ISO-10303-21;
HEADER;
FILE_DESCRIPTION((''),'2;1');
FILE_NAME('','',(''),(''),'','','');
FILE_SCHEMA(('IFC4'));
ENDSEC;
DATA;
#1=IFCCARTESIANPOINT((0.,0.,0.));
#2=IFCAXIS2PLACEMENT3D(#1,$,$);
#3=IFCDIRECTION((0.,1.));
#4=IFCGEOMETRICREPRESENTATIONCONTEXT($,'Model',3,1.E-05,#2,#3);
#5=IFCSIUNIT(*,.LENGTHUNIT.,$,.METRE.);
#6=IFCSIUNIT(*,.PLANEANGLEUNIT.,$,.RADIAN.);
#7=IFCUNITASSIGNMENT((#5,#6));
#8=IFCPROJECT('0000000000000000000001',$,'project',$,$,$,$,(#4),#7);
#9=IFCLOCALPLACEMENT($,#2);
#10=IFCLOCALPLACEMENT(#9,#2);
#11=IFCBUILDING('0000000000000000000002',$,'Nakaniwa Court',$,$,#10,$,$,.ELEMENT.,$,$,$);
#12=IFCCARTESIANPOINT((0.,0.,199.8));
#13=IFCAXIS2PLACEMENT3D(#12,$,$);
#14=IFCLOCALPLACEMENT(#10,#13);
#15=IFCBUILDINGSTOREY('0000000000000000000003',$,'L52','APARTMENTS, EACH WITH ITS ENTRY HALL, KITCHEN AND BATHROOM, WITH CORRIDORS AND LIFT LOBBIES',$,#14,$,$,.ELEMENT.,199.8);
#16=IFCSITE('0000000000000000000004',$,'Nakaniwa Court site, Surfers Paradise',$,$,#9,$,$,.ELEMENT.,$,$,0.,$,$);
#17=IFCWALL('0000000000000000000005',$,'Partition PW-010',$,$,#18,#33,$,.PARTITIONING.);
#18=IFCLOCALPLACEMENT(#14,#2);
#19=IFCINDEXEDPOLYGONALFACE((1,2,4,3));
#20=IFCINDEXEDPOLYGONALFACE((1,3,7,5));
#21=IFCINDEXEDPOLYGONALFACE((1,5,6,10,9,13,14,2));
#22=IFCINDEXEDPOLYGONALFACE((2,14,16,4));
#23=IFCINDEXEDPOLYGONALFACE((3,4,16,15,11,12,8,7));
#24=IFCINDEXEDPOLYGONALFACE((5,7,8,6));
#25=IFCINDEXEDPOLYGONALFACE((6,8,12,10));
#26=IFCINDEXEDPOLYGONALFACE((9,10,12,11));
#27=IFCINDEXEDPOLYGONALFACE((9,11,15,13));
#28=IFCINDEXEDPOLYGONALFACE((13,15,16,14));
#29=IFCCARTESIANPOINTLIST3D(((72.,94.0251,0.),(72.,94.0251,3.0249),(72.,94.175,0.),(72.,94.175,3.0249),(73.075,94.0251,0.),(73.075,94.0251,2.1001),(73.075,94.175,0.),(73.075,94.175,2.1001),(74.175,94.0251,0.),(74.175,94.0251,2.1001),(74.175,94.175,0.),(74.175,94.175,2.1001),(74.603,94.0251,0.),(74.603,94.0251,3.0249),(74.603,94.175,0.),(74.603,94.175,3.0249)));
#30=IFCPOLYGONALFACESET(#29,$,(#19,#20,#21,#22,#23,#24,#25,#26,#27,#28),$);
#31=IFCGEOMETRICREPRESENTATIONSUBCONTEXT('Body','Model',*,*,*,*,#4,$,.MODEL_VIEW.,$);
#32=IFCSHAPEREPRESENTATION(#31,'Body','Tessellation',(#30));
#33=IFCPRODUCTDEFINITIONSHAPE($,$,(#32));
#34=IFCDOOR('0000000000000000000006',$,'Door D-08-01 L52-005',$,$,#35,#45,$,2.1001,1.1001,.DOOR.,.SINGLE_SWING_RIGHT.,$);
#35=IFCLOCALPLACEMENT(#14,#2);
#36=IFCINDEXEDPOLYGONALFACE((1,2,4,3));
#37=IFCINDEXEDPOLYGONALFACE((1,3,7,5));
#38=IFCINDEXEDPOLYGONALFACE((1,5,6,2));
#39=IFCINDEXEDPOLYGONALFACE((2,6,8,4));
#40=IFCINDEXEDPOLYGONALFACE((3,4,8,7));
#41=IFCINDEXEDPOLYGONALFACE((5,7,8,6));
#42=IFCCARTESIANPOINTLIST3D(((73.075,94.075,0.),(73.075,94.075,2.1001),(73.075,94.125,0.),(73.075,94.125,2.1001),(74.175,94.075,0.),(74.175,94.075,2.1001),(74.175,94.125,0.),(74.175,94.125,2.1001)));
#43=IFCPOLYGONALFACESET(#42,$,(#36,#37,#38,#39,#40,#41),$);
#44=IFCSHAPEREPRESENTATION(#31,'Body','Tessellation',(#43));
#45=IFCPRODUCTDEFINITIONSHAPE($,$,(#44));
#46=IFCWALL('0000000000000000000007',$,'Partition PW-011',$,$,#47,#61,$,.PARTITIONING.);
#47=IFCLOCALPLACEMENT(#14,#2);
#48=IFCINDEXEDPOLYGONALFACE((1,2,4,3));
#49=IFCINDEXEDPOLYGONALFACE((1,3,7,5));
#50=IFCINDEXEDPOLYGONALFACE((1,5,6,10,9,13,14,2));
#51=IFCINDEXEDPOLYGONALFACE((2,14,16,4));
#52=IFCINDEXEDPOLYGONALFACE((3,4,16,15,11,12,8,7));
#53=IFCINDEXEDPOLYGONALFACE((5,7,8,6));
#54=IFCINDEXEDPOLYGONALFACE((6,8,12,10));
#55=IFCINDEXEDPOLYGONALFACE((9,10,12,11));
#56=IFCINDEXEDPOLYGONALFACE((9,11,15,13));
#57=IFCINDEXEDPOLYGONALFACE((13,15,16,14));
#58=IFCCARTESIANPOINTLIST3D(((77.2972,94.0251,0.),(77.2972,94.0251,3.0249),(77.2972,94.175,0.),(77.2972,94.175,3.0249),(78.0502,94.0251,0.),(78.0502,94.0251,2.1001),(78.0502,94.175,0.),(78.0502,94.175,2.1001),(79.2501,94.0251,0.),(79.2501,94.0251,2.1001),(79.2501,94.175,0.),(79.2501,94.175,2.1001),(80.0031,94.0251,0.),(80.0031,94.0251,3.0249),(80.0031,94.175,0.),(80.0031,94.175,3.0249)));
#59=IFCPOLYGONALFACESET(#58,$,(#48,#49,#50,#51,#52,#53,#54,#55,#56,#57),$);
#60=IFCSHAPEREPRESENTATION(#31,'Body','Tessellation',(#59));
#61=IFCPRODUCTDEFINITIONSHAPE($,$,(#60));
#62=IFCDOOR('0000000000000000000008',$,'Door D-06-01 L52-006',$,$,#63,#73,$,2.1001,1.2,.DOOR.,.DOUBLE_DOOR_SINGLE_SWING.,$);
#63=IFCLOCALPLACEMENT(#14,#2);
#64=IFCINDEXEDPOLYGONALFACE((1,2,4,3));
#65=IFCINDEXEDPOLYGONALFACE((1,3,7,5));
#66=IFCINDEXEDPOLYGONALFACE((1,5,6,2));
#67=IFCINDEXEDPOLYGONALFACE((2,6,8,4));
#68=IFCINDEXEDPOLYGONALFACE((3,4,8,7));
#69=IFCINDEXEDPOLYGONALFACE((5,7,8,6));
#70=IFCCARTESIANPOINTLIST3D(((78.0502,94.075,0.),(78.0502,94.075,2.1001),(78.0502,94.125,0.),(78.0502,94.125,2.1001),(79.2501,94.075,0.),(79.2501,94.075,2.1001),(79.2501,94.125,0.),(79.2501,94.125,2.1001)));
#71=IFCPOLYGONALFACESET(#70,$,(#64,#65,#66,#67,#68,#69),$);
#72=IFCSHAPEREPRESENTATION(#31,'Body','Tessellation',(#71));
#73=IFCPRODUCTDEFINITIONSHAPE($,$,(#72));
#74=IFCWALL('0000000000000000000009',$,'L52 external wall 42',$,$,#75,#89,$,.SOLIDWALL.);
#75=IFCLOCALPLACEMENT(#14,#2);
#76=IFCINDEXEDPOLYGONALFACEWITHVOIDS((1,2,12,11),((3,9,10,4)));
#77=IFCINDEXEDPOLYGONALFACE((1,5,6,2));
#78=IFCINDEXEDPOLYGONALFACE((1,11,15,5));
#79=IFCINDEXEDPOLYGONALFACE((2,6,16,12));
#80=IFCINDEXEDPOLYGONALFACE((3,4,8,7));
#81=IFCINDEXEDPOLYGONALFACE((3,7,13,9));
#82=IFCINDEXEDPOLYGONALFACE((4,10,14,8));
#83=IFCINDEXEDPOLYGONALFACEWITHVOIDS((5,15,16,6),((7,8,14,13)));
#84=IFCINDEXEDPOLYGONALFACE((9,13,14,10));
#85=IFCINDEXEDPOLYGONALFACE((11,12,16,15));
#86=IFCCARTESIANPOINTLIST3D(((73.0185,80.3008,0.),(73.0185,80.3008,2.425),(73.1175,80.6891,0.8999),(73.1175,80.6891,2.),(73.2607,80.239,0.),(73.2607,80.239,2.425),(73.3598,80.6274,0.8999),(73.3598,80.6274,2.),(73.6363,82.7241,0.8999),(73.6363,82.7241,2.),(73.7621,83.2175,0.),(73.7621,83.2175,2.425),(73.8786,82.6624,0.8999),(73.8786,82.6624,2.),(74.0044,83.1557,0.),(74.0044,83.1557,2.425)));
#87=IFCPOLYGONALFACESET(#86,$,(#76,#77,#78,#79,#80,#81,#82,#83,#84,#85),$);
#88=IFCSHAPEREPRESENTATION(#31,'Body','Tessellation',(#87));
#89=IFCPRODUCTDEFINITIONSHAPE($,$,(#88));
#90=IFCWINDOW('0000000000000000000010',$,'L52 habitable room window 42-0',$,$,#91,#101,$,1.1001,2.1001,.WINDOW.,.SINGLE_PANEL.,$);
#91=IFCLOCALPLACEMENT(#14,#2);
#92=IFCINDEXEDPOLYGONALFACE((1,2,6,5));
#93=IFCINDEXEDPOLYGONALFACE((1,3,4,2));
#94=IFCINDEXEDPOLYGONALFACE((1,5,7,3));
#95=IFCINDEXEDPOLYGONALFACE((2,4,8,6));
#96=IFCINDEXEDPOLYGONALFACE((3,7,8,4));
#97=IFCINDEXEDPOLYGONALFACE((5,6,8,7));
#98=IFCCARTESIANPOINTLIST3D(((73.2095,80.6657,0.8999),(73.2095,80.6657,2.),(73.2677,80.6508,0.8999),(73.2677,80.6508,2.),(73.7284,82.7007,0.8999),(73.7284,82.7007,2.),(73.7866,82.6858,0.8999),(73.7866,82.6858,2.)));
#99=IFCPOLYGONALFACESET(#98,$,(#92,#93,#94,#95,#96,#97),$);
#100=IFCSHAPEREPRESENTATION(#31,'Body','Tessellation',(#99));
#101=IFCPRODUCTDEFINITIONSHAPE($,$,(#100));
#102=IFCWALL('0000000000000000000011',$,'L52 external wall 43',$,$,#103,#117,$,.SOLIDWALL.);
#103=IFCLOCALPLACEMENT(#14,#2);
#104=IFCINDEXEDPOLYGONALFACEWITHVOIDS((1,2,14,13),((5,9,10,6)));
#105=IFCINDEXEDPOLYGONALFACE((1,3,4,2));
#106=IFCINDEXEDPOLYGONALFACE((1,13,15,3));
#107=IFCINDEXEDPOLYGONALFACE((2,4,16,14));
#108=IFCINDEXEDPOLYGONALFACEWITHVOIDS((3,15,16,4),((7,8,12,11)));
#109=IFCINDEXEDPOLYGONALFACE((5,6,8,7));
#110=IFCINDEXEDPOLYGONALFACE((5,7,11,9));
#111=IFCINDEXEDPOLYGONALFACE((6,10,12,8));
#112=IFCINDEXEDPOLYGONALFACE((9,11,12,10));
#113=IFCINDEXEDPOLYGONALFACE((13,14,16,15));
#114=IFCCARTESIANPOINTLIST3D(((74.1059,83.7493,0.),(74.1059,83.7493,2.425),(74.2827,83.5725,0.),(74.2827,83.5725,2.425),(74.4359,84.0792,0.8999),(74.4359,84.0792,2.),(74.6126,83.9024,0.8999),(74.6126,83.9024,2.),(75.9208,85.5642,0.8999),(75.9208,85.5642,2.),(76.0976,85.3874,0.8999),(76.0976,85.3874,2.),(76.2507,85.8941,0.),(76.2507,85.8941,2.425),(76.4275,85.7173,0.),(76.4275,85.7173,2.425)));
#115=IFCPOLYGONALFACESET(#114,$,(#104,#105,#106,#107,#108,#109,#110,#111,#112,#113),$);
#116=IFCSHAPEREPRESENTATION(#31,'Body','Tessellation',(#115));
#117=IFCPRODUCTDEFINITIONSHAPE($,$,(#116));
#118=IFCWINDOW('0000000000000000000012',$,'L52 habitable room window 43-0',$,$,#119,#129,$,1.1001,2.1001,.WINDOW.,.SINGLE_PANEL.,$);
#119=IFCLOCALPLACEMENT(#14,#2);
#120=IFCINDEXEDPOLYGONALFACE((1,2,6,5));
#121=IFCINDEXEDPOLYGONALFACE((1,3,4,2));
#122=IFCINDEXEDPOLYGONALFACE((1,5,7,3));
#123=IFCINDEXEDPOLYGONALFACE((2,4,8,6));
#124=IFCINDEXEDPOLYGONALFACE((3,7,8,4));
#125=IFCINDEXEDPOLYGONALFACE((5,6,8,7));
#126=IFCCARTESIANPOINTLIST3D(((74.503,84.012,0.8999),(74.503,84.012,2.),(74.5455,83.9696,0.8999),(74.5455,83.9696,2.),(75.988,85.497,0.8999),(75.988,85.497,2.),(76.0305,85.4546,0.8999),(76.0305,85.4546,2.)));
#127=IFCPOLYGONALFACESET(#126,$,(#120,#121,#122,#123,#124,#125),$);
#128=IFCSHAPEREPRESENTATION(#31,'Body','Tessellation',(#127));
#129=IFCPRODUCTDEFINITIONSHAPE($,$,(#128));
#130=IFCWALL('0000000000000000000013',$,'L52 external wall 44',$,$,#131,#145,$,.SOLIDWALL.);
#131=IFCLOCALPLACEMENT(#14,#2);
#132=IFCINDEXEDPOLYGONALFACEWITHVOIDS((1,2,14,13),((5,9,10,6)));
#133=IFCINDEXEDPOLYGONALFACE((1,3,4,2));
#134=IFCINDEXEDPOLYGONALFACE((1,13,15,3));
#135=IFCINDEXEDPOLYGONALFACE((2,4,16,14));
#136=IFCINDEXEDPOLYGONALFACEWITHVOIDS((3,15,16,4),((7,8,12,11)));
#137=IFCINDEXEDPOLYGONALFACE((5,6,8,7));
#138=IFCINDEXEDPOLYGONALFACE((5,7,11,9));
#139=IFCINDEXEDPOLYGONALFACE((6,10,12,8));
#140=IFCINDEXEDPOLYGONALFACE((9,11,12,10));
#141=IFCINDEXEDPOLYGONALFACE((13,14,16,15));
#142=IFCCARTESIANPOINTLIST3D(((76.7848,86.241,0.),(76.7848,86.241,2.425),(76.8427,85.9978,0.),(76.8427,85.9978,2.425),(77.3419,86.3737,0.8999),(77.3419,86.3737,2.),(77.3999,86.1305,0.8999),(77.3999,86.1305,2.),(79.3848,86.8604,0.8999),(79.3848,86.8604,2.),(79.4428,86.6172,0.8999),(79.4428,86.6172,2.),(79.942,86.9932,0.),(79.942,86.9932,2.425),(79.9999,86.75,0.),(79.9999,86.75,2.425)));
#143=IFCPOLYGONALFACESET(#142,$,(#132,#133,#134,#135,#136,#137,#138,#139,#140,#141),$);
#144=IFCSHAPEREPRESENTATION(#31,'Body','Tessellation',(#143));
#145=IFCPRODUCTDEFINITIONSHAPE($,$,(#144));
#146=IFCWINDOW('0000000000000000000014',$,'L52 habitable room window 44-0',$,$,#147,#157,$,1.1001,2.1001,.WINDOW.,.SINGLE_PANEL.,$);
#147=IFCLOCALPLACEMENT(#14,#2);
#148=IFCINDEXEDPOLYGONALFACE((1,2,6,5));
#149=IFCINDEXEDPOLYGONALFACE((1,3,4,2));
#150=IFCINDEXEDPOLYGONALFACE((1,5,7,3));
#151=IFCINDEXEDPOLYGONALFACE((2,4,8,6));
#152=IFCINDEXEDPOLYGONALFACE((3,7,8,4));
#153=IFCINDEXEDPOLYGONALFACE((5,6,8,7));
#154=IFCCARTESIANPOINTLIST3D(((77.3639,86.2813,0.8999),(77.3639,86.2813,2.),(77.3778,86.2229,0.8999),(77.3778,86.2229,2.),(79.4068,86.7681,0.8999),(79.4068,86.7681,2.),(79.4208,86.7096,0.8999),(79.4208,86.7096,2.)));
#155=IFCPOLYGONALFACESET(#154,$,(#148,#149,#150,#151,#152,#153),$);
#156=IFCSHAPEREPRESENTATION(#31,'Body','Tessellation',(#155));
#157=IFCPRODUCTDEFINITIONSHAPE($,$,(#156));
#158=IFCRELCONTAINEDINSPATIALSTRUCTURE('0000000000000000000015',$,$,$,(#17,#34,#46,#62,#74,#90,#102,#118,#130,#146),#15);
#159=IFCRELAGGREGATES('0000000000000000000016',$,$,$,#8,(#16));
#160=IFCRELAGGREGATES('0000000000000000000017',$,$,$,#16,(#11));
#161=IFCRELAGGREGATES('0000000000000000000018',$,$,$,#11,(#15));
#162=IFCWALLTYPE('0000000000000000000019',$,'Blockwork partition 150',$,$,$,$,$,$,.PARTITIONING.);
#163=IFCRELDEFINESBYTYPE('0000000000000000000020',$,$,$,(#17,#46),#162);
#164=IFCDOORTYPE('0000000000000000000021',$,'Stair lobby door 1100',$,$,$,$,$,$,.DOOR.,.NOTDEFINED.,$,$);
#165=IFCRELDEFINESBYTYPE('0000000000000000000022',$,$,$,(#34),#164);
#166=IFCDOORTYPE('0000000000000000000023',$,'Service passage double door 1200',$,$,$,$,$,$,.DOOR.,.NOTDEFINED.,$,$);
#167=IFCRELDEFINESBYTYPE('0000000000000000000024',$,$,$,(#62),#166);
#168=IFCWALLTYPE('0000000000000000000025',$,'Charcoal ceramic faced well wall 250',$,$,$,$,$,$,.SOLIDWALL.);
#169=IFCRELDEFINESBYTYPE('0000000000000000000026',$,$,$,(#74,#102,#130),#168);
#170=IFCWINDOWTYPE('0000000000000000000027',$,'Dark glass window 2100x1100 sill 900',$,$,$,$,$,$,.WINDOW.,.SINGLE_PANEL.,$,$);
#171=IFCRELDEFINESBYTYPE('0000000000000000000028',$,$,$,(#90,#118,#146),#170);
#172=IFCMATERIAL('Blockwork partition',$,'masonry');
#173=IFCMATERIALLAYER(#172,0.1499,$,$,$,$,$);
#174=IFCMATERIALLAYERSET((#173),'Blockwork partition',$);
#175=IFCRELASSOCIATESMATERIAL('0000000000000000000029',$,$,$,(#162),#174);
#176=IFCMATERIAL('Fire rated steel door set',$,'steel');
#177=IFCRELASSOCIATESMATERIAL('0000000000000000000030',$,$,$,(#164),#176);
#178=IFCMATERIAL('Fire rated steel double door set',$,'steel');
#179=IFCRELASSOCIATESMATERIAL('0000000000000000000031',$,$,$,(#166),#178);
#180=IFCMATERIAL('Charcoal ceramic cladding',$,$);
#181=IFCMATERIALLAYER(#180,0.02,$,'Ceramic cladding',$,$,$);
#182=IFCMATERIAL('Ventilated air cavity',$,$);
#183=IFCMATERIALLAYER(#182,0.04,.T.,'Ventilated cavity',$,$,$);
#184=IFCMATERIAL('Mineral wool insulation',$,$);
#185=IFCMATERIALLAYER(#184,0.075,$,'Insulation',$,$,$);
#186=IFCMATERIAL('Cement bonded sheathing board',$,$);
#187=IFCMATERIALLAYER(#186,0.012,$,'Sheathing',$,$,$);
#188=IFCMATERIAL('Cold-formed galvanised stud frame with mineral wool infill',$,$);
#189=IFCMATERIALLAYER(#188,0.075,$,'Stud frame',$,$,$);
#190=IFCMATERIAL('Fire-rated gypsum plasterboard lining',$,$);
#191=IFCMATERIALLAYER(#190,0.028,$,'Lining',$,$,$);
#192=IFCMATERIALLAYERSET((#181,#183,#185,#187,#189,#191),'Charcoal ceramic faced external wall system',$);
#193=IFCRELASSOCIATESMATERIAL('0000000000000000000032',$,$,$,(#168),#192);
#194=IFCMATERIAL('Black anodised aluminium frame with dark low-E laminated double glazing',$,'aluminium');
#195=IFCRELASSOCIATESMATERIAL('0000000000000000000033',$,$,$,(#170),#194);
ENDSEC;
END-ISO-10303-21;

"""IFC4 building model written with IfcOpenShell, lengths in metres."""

from ifc_helpers import new_model, si_unit, direction, frame, frame_2d, origin, place, context, subcontext, project, spatial, rectangle, extrude, material, layer, layer_set, type_object, element, fill, save


model = new_model("IFC4")

# Units and contexts
model_context = context("Model", 3, precision=1e-05, world=origin(), true_north=direction((0.0, 1.0)))
body_context = subcontext(model_context, "Body", "Model", "MODEL_VIEW")
ifc_project = project(units=[si_unit("LENGTHUNIT", "METRE"), si_unit("PLANEANGLEUNIT", "RADIAN")], contexts=[model_context])

# Site, building, storey
site_placement = place(None, origin())
site = spatial("IfcSite", under=ifc_project, at=site_placement, Name="Nakaniwa Court site, Surfers Paradise", CompositionType="ELEMENT", RefElevation=0.0)
building_placement = place(site_placement, origin())
building = spatial("IfcBuilding", under=site, at=building_placement, Name="Nakaniwa Court", CompositionType="ELEMENT")
storey_placement = place(building_placement, frame((0.0, 0.0, 199.8)))
storey = spatial("IfcBuildingStorey", under=building, at=storey_placement, Name="L52", Description="APARTMENTS, EACH WITH ITS ENTRY HALL, KITCHEN AND BATHROOM, WITH CORRIDORS AND LIFT LOBBIES", CompositionType="ELEMENT", Elevation=199.8)

# Shared definitions
ifc_material_1 = material(Name="Blockwork partition", Category="masonry")
ifc_layer_1 = layer(ifc_material_1, 0.1499)
ifc_layer_set_1 = layer_set([ifc_layer_1], Name="Blockwork partition")
wall_type_1 = type_object("IfcWallType", Name="Blockwork partition 150", PredefinedType="PARTITIONING", material=ifc_layer_set_1)

# Walls, openings, doors
wall_1_placement = place(storey_placement, frame((72.0, 94.1001, 0.0), z_axis=(0.0, 0.0, 1.0), x_axis=(1.0, 0.0, 0.0)))
wall_1 = element("IfcWall", 1, at=wall_1_placement, inside=storey, type_object=wall_type_1, Name="Partition PW-010", PredefinedType="PARTITIONING", context=body_context, shape_type="SweptSolid", body=[
    extrude(rectangle(XDim=2.603, YDim=0.1499, at=frame_2d((1.3015, 0.0))), origin(), (0.0, 0.0, 1.0), 3.0249),
])
opening_1_placement = place(wall_1_placement, frame((1.075, 0.0, 0.0)))
opening_1 = element("IfcOpeningElement", 2, at=opening_1_placement, cuts=wall_1, PredefinedType="OPENING", context=body_context, shape_type="SweptSolid", body=[
    extrude(rectangle(XDim=1.1001, YDim=2.1001, at=frame_2d((0.55, 1.05))), frame((0.0, 0.085, 0.0), z_axis=(0.0, -1.0, 0.0), x_axis=(1.0, 0.0, 0.0)), (0.0, 0.0, 1.0), 0.1699),
])
ifc_material_2 = material(Name="Fire rated steel door set", Category="steel")
door_type_1 = type_object("IfcDoorType", Name="Stair lobby door 1100", OperationType="NOTDEFINED", PredefinedType="DOOR", material=ifc_material_2)
door_1_placement = place(opening_1_placement, origin())
door_1 = element("IfcDoor", 3, at=door_1_placement, inside=storey, type_object=door_type_1, Name="Door D-08-01 L52-005", OperationType="SINGLE_SWING_RIGHT", OverallHeight=2.1001, OverallWidth=1.1001, PredefinedType="DOOR", context=body_context, shape_type="SweptSolid", body=[
    extrude(rectangle(XDim=1.1001, YDim=2.1001, at=frame_2d((0.55, 1.05))), frame((0.0, 0.0249, 0.0), z_axis=(0.0, -1.0, 0.0), x_axis=(1.0, 0.0, 0.0)), (0.0, 0.0, 1.0), 0.05),
])
fill(opening_1, door_1)
wall_2_placement = place(storey_placement, frame((77.2971, 94.1001, 0.0), z_axis=(0.0, 0.0, 1.0), x_axis=(1.0, 0.0, 0.0)))
wall_2 = element("IfcWall", 4, at=wall_2_placement, inside=storey, type_object=wall_type_1, Name="Partition PW-011", PredefinedType="PARTITIONING", context=body_context, shape_type="SweptSolid", body=[
    extrude(rectangle(XDim=2.7058, YDim=0.1499, at=frame_2d((1.353, 0.0))), origin(), (0.0, 0.0, 1.0), 3.0249),
])
opening_2_placement = place(wall_2_placement, frame((0.7529, 0.0, 0.0)))
opening_2 = element("IfcOpeningElement", 5, at=opening_2_placement, cuts=wall_2, PredefinedType="OPENING", context=body_context, shape_type="SweptSolid", body=[
    extrude(rectangle(XDim=1.2, YDim=2.1001, at=frame_2d((0.6001, 1.05))), frame((0.0, 0.085, 0.0), z_axis=(0.0, -1.0, 0.0), x_axis=(1.0, 0.0, 0.0)), (0.0, 0.0, 1.0), 0.1699),
])
ifc_material_3 = material(Name="Fire rated steel double door set", Category="steel")
door_type_2 = type_object("IfcDoorType", Name="Service passage double door 1200", OperationType="NOTDEFINED", PredefinedType="DOOR", material=ifc_material_3)
door_2_placement = place(opening_2_placement, origin())
door_2 = element("IfcDoor", 6, at=door_2_placement, inside=storey, type_object=door_type_2, Name="Door D-06-01 L52-006", OperationType="DOUBLE_DOOR_SINGLE_SWING", OverallHeight=2.1001, OverallWidth=1.2, PredefinedType="DOOR", context=body_context, shape_type="SweptSolid", body=[
    extrude(rectangle(XDim=1.2, YDim=2.1001, at=frame_2d((0.6001, 1.05))), frame((0.0, 0.0249, 0.0), z_axis=(0.0, -1.0, 0.0), x_axis=(1.0, 0.0, 0.0)), (0.0, 0.0, 1.0), 0.05),
])
fill(opening_2, door_2)

# Walls, openings, windows
ifc_material_4 = material(Name="Charcoal ceramic cladding")
ifc_layer_2 = layer(ifc_material_4, 0.02, Name="Ceramic cladding")
ifc_material_5 = material(Name="Ventilated air cavity")
ifc_layer_3 = layer(ifc_material_5, 0.04, ventilated=True, Name="Ventilated cavity")
ifc_material_6 = material(Name="Mineral wool insulation")
ifc_layer_4 = layer(ifc_material_6, 0.075, Name="Insulation")
ifc_material_7 = material(Name="Cement bonded sheathing board")
ifc_layer_5 = layer(ifc_material_7, 0.012, Name="Sheathing")
ifc_material_8 = material(Name="Cold-formed galvanised stud frame with mineral wool infill")
ifc_layer_6 = layer(ifc_material_8, 0.075, Name="Stud frame")
ifc_material_9 = material(Name="Fire-rated gypsum plasterboard lining")
ifc_layer_7 = layer(ifc_material_9, 0.028, Name="Lining")
ifc_layer_set_2 = layer_set([ifc_layer_2, ifc_layer_3, ifc_layer_4, ifc_layer_5, ifc_layer_6, ifc_layer_7], Name="Charcoal ceramic faced external wall system")
wall_type_2 = type_object("IfcWallType", Name="Charcoal ceramic faced well wall 250", PredefinedType="SOLIDWALL", material=ifc_layer_set_2)
wall_3_placement = place(storey_placement, frame((73.1396, 80.27, 0.0), z_axis=(0.0, 0.0, 1.0), x_axis=(0.247056, 0.969001, 0.0)))
wall_3 = element("IfcWall", 7, at=wall_3_placement, inside=storey, type_object=wall_type_2, Name="L52 external wall 42", PredefinedType="SOLIDWALL", context=body_context, shape_type="SweptSolid", body=[
    extrude(rectangle(XDim=3.01, YDim=0.25, at=frame_2d((1.5049, 0.0))), origin(), (0.0, 0.0, 1.0), 2.425),
])
opening_3_placement = place(wall_3_placement, frame((0.4006, 0.0, 0.8999)))
opening_3 = element("IfcOpeningElement", 8, at=opening_3_placement, cuts=wall_3, PredefinedType="OPENING", context=body_context, shape_type="SweptSolid", body=[
    extrude(rectangle(XDim=2.1001, YDim=1.1001, at=frame_2d((1.05, 0.55))), frame((0.0, 0.135, 0.0), z_axis=(0.0, -1.0, 0.0), x_axis=(1.0, 0.0, 0.0)), (0.0, 0.0, 1.0), 0.27),
])
ifc_material_10 = material(Name="Black anodised aluminium frame with dark low-E laminated double glazing", Category="aluminium")
window_type = type_object("IfcWindowType", Name="Dark glass window 2100x1100 sill 900", PartitioningType="SINGLE_PANEL", PredefinedType="WINDOW", material=ifc_material_10)
window_1_placement = place(opening_3_placement, origin())
window_1 = element("IfcWindow", 9, at=window_1_placement, inside=storey, type_object=window_type, Name="L52 habitable room window 42-0", OverallHeight=1.1001, OverallWidth=2.1001, PartitioningType="SINGLE_PANEL", PredefinedType="WINDOW", context=body_context, shape_type="SweptSolid", body=[
    extrude(rectangle(XDim=2.1001, YDim=1.1001, at=frame_2d((1.05, 0.55))), frame((0.0, 0.03, 0.0), z_axis=(0.0, -1.0, 0.0), x_axis=(1.0, 0.0, 0.0)), (0.0, 0.0, 1.0), 0.0601),
])
fill(opening_3, window_1)
wall_4_placement = place(storey_placement, frame((74.1943, 83.6609, 0.0), z_axis=(0.0, 0.0, 1.0), x_axis=(0.707107, 0.707107, 0.0)))
wall_4 = element("IfcWall", 10, at=wall_4_placement, inside=storey, type_object=wall_type_2, Name="L52 external wall 43", PredefinedType="SOLIDWALL", context=body_context, shape_type="SweptSolid", body=[
    extrude(rectangle(XDim=3.0332, YDim=0.25, at=frame_2d((1.5166, 0.0))), origin(), (0.0, 0.0, 1.0), 2.425),
])
opening_4_placement = place(wall_4_placement, frame((0.4666, 0.0, 0.8999)))
opening_4 = element("IfcOpeningElement", 11, at=opening_4_placement, cuts=wall_4, PredefinedType="OPENING", context=body_context, shape_type="SweptSolid", body=[
    extrude(rectangle(XDim=2.1001, YDim=1.1001, at=frame_2d((1.05, 0.55))), frame((0.0, 0.135, 0.0), z_axis=(0.0, -1.0, 0.0), x_axis=(1.0, 0.0, 0.0)), (0.0, 0.0, 1.0), 0.27),
])
window_2_placement = place(opening_4_placement, origin())
window_2 = element("IfcWindow", 12, at=window_2_placement, inside=storey, type_object=window_type, Name="L52 habitable room window 43-0", OverallHeight=1.1001, OverallWidth=2.1001, PartitioningType="SINGLE_PANEL", PredefinedType="WINDOW", context=body_context, shape_type="SweptSolid", body=[
    extrude(rectangle(XDim=2.1001, YDim=1.1001, at=frame_2d((1.05, 0.55))), frame((0.0, 0.03, 0.0), z_axis=(0.0, -1.0, 0.0), x_axis=(1.0, 0.0, 0.0)), (0.0, 0.0, 1.0), 0.0601),
])
fill(opening_4, window_2)
wall_5_placement = place(storey_placement, frame((76.8137, 86.1194, 0.0), z_axis=(0.0, 0.0, 1.0), x_axis=(0.972773, 0.23176, 0.0)))
wall_5 = element("IfcWall", 13, at=wall_5_placement, inside=storey, type_object=wall_type_2, Name="L52 external wall 44", PredefinedType="SOLIDWALL", context=body_context, shape_type="SweptSolid", body=[
    extrude(rectangle(XDim=3.2456, YDim=0.25, at=frame_2d((1.6228, 0.0))), origin(), (0.0, 0.0, 1.0), 2.425),
])
opening_5_placement = place(wall_5_placement, frame((0.5728, 0.0, 0.8999)))
opening_5 = element("IfcOpeningElement", 14, at=opening_5_placement, cuts=wall_5, PredefinedType="OPENING", context=body_context, shape_type="SweptSolid", body=[
    extrude(rectangle(XDim=2.1001, YDim=1.1001, at=frame_2d((1.05, 0.55))), frame((0.0, 0.135, 0.0), z_axis=(0.0, -1.0, 0.0), x_axis=(1.0, 0.0, 0.0)), (0.0, 0.0, 1.0), 0.27),
])
window_3_placement = place(opening_5_placement, origin())
window_3 = element("IfcWindow", 15, at=window_3_placement, inside=storey, type_object=window_type, Name="L52 habitable room window 44-0", OverallHeight=1.1001, OverallWidth=2.1001, PartitioningType="SINGLE_PANEL", PredefinedType="WINDOW", context=body_context, shape_type="SweptSolid", body=[
    extrude(rectangle(XDim=2.1001, YDim=1.1001, at=frame_2d((1.05, 0.55))), frame((0.0, 0.03, 0.0), z_axis=(0.0, -1.0, 0.0), x_axis=(1.0, 0.0, 0.0)), (0.0, 0.0, 1.0), 0.0601),
])
fill(opening_5, window_3)

save(model, "model.ifc")
